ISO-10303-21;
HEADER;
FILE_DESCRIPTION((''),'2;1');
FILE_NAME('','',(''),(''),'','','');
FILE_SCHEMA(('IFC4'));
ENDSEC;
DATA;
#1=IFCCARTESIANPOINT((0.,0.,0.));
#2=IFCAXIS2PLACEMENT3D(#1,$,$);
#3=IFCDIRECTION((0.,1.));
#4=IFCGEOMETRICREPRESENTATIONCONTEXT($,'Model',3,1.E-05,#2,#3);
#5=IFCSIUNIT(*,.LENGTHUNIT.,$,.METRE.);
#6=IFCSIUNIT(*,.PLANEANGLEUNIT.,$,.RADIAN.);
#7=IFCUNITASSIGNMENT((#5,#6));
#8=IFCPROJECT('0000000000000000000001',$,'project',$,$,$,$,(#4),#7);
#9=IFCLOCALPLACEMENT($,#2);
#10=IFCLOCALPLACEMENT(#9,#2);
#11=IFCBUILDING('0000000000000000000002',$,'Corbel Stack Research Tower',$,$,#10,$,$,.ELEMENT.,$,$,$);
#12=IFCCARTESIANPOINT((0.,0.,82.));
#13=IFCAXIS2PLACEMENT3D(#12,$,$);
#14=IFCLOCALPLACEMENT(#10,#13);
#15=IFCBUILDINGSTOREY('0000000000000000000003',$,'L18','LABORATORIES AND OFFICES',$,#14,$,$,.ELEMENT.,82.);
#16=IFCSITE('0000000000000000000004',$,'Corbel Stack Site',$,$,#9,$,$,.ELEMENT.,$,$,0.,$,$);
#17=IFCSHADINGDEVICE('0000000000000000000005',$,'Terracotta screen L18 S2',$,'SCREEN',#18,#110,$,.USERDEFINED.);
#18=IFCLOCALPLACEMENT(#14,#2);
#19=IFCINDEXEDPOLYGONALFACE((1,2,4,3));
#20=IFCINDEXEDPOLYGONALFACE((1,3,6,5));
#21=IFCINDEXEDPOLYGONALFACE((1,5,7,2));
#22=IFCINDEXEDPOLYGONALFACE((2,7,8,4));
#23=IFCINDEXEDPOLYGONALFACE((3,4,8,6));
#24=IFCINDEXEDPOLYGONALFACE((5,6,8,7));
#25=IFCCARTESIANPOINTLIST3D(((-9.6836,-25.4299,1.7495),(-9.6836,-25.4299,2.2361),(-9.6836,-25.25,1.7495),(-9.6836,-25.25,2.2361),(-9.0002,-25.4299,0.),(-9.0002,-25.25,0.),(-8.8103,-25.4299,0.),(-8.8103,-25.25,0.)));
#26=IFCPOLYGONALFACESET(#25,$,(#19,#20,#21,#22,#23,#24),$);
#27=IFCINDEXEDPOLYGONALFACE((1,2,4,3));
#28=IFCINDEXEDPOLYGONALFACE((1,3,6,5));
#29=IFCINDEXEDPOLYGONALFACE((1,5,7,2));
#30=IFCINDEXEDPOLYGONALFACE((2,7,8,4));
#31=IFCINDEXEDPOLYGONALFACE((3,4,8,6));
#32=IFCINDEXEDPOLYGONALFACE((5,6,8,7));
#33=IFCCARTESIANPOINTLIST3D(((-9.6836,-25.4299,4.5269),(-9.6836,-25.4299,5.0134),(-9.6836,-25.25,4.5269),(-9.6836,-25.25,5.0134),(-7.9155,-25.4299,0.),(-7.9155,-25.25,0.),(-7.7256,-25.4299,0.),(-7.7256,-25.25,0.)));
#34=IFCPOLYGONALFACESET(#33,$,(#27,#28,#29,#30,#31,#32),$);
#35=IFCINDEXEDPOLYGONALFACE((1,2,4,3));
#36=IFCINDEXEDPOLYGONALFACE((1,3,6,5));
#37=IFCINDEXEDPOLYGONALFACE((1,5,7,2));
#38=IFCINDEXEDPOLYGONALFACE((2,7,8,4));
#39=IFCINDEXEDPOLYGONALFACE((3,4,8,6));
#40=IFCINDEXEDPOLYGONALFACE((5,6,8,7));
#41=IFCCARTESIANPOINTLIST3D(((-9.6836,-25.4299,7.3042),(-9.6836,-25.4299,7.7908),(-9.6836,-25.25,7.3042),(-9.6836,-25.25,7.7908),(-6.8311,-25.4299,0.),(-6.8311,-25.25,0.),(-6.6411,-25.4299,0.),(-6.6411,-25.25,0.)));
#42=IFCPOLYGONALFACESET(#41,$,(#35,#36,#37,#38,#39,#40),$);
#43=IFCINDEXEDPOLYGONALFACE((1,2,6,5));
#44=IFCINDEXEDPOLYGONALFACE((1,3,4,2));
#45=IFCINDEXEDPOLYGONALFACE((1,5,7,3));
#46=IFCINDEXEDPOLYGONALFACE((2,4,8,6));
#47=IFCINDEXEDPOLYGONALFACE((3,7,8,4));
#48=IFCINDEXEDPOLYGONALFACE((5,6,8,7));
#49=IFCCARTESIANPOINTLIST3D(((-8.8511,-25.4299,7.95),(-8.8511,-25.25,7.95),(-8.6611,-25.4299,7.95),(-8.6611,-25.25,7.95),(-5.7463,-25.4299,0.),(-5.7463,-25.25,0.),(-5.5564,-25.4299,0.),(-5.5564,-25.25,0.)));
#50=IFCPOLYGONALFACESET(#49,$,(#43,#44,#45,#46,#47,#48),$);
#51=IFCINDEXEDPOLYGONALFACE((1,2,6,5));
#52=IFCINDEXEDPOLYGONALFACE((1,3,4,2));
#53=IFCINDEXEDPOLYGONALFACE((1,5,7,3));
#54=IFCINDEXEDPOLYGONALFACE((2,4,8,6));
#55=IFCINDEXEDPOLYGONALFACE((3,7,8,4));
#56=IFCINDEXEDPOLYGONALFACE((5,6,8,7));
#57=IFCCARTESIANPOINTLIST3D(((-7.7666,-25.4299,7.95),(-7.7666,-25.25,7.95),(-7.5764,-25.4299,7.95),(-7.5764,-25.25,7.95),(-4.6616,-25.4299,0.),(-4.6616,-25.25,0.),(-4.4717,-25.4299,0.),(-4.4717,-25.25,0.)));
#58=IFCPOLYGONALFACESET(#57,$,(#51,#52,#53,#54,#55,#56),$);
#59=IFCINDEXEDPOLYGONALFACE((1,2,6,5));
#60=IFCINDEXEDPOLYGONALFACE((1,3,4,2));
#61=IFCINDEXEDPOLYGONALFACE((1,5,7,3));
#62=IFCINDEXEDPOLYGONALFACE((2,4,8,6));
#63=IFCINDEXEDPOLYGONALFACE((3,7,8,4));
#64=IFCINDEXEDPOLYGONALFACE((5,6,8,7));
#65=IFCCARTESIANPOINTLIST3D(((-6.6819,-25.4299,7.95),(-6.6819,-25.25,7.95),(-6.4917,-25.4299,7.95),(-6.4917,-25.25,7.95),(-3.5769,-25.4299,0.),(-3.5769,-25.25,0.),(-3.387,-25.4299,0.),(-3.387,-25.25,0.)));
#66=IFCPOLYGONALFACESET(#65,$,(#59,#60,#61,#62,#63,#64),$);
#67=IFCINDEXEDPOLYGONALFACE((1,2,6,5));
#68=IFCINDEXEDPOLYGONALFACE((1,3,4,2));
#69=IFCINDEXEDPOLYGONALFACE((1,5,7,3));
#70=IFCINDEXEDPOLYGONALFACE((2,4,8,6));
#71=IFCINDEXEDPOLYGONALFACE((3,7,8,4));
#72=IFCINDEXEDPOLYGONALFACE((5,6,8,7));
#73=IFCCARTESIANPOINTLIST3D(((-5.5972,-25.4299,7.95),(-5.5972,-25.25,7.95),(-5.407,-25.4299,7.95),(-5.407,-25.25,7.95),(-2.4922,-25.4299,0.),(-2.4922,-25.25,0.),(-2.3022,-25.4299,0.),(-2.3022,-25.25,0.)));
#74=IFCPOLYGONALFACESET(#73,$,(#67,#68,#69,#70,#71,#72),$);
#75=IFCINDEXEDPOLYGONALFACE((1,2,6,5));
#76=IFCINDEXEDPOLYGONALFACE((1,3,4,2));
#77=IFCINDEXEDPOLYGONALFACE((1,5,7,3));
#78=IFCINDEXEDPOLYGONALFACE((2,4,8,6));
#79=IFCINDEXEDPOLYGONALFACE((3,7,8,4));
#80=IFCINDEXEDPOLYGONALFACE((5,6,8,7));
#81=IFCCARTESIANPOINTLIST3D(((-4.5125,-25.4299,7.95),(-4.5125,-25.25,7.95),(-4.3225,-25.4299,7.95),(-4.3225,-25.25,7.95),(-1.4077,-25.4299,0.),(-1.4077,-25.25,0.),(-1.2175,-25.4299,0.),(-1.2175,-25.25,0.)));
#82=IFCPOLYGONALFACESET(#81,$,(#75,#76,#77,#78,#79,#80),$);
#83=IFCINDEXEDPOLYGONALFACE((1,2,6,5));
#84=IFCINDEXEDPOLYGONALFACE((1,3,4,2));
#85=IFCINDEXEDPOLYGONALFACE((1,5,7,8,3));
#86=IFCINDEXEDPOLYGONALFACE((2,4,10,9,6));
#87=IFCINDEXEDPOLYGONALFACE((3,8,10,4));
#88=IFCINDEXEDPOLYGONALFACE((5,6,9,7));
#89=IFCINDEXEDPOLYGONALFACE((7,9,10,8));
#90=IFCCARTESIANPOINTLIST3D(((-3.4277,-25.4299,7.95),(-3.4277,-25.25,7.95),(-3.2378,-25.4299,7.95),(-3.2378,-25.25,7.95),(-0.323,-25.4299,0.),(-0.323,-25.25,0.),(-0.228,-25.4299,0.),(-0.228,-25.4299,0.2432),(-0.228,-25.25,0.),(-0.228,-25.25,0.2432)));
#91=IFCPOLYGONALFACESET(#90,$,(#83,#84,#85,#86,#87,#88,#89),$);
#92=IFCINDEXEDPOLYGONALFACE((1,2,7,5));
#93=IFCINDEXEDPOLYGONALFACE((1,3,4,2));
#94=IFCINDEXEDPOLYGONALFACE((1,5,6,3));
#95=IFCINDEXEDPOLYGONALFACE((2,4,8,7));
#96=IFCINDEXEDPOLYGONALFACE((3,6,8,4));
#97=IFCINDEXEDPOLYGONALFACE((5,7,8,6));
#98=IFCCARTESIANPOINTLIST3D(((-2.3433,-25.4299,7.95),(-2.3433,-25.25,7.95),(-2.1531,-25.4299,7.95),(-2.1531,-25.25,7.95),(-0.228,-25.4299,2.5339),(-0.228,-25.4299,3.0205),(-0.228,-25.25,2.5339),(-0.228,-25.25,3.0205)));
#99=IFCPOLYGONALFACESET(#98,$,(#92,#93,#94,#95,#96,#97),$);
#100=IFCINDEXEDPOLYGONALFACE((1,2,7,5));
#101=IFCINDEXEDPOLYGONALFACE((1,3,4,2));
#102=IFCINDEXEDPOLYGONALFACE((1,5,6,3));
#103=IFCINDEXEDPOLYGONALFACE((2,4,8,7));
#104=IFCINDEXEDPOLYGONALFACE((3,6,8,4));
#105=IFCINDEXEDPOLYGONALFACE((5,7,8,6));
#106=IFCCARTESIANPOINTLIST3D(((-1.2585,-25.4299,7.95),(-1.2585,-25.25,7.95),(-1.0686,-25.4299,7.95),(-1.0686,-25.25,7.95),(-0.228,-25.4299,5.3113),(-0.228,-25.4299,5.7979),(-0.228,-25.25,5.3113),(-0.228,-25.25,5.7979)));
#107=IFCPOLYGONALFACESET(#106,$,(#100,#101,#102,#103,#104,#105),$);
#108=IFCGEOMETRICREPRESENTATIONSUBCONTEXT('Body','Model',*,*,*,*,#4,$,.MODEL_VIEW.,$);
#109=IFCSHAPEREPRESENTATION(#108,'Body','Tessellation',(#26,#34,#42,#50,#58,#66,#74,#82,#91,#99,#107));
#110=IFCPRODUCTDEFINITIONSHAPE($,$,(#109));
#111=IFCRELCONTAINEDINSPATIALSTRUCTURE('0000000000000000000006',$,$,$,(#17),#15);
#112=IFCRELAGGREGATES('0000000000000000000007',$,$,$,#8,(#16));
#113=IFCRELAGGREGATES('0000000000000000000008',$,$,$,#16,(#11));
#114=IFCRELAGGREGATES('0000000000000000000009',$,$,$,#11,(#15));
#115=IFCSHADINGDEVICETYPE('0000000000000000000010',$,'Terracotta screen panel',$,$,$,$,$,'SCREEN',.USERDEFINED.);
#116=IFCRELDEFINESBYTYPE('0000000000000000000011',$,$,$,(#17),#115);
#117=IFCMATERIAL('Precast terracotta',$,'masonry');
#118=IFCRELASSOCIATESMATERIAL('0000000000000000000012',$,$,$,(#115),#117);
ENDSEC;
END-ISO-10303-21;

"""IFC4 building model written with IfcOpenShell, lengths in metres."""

from ifc_helpers import new_model, si_unit, direction, frame, origin, place, context, subcontext, project, spatial, polyline, outline, extrude, source, transform, mapped, material, type_object, element, save


model = new_model("IFC4")

# Units and contexts
model_context = context("Model", 3, precision=1e-05, world=origin(), true_north=direction((0.0, 1.0)))
body_context = subcontext(model_context, "Body", "Model", "MODEL_VIEW")
ifc_project = project(units=[si_unit("LENGTHUNIT", "METRE"), si_unit("PLANEANGLEUNIT", "RADIAN")], contexts=[model_context])

# Site, building, storey
site_placement = place(None, origin())
site = spatial("IfcSite", under=ifc_project, at=site_placement, Name="Corbel Stack Site", CompositionType="ELEMENT", RefElevation=0.0)
building_placement = place(site_placement, origin())
building = spatial("IfcBuilding", under=site, at=building_placement, Name="Corbel Stack Research Tower", CompositionType="ELEMENT")
storey_placement = place(building_placement, frame((0.0, 0.0, 82.0)))
storey = spatial("IfcBuildingStorey", under=building, at=storey_placement, Name="L18", Description="LABORATORIES AND OFFICES", CompositionType="ELEMENT", Elevation=82.0)

# Shading device
ifc_material_1 = material(Name="Precast terracotta", Category="masonry")
shading_device_type = type_object("IfcShadingDeviceType", Name="Terracotta screen panel", ElementType="SCREEN", PredefinedType="USERDEFINED", material=ifc_material_1)
shared_shape = source(origin(), body_context, "Body", "SweptSolid", [
    extrude(outline(polyline([(0.8733, 0.0), (0.0, 2.2361), (0.0, 1.7495), (0.6833, 0.0), (0.8733, 0.0)])), frame((0.0, 0.0, 0.0), z_axis=(0.0, -1.0, 0.0), x_axis=(1.0, 0.0, 0.0)), (0.0, 0.0, 1.0), 0.1799),
    extrude(outline(polyline([(1.958, 0.0), (0.0, 5.0134), (0.0, 4.5269), (1.7681, 0.0), (1.958, 0.0)])), frame((0.0, 0.0, 0.0), z_axis=(0.0, -1.0, 0.0), x_axis=(1.0, 0.0, 0.0)), (0.0, 0.0, 1.0), 0.1799),
    extrude(outline(polyline([(3.0425, 0.0), (0.0, 7.7908), (0.0, 7.3042), (2.8525, 0.0), (3.0425, 0.0)])), frame((0.0, 0.0, 0.0), z_axis=(0.0, -1.0, 0.0), x_axis=(1.0, 0.0, 0.0)), (0.0, 0.0, 1.0), 0.1799),
    extrude(outline(polyline([(4.1272, 0.0), (1.0225, 7.95), (0.8325, 7.95), (3.9373, 0.0), (4.1272, 0.0)])), frame((0.0, 0.0, 0.0), z_axis=(0.0, -1.0, 0.0), x_axis=(1.0, 0.0, 0.0)), (0.0, 0.0, 1.0), 0.1799),
    extrude(outline(polyline([(5.2119, 0.0), (2.1072, 7.95), (1.917, 7.95), (5.022, 0.0), (5.2119, 0.0)])), frame((0.0, 0.0, 0.0), z_axis=(0.0, -1.0, 0.0), x_axis=(1.0, 0.0, 0.0)), (0.0, 0.0, 1.0), 0.1799),
    extrude(outline(polyline([(6.2966, 0.0), (3.1919, 7.95), (3.0017, 7.95), (6.1067, 0.0), (6.2966, 0.0)])), frame((0.0, 0.0, 0.0), z_axis=(0.0, -1.0, 0.0), x_axis=(1.0, 0.0, 0.0)), (0.0, 0.0, 1.0), 0.1799),
    extrude(outline(polyline([(7.3813, 0.0), (4.2766, 7.95), (4.0864, 7.95), (7.1914, 0.0), (7.3813, 0.0)])), frame((0.0, 0.0, 0.0), z_axis=(0.0, -1.0, 0.0), x_axis=(1.0, 0.0, 0.0)), (0.0, 0.0, 1.0), 0.1799),
    extrude(outline(polyline([(8.4661, 0.0), (5.3611, 7.95), (5.1711, 7.95), (8.2759, 0.0), (8.4661, 0.0)])), frame((0.0, 0.0, 0.0), z_axis=(0.0, -1.0, 0.0), x_axis=(1.0, 0.0, 0.0)), (0.0, 0.0, 1.0), 0.1799),
    extrude(outline(polyline([(9.4556, 0.0), (9.4556, 0.2432), (6.4458, 7.95), (6.2559, 7.95), (9.3606, 0.0), (9.4556, 0.0)])), frame((0.0, 0.0, 0.0), z_axis=(0.0, -1.0, 0.0), x_axis=(1.0, 0.0, 0.0)), (0.0, 0.0, 1.0), 0.1799),
    extrude(outline(polyline([(7.5305, 7.95), (7.3403, 7.95), (9.4556, 2.5339), (9.4556, 3.0205), (7.5305, 7.95)])), frame((0.0, 0.0, 0.0), z_axis=(0.0, -1.0, 0.0), x_axis=(1.0, 0.0, 0.0)), (0.0, 0.0, 1.0), 0.1799),
    extrude(outline(polyline([(8.615, 7.95), (8.425, 7.95), (9.4556, 5.3113), (9.4556, 5.7979), (8.615, 7.95)])), frame((0.0, 0.0, 0.0), z_axis=(0.0, -1.0, 0.0), x_axis=(1.0, 0.0, 0.0)), (0.0, 0.0, 1.0), 0.1799),
])
shading_device_placement = place(storey_placement, frame((-9.6836, -25.25, 0.0), z_axis=(0.0, 0.0, 1.0), x_axis=(1.0, 0.0, 0.0)))
element("IfcShadingDevice", 1, at=shading_device_placement, inside=storey, type_object=shading_device_type, Name="Terracotta screen L18 S2", ObjectType="SCREEN", PredefinedType="USERDEFINED", context=body_context, shape_type="MappedRepresentation", body=[
    mapped(shared_shape, transform((0.0, 0.0, 0.0))),
])

save(model, "model.ifc")
